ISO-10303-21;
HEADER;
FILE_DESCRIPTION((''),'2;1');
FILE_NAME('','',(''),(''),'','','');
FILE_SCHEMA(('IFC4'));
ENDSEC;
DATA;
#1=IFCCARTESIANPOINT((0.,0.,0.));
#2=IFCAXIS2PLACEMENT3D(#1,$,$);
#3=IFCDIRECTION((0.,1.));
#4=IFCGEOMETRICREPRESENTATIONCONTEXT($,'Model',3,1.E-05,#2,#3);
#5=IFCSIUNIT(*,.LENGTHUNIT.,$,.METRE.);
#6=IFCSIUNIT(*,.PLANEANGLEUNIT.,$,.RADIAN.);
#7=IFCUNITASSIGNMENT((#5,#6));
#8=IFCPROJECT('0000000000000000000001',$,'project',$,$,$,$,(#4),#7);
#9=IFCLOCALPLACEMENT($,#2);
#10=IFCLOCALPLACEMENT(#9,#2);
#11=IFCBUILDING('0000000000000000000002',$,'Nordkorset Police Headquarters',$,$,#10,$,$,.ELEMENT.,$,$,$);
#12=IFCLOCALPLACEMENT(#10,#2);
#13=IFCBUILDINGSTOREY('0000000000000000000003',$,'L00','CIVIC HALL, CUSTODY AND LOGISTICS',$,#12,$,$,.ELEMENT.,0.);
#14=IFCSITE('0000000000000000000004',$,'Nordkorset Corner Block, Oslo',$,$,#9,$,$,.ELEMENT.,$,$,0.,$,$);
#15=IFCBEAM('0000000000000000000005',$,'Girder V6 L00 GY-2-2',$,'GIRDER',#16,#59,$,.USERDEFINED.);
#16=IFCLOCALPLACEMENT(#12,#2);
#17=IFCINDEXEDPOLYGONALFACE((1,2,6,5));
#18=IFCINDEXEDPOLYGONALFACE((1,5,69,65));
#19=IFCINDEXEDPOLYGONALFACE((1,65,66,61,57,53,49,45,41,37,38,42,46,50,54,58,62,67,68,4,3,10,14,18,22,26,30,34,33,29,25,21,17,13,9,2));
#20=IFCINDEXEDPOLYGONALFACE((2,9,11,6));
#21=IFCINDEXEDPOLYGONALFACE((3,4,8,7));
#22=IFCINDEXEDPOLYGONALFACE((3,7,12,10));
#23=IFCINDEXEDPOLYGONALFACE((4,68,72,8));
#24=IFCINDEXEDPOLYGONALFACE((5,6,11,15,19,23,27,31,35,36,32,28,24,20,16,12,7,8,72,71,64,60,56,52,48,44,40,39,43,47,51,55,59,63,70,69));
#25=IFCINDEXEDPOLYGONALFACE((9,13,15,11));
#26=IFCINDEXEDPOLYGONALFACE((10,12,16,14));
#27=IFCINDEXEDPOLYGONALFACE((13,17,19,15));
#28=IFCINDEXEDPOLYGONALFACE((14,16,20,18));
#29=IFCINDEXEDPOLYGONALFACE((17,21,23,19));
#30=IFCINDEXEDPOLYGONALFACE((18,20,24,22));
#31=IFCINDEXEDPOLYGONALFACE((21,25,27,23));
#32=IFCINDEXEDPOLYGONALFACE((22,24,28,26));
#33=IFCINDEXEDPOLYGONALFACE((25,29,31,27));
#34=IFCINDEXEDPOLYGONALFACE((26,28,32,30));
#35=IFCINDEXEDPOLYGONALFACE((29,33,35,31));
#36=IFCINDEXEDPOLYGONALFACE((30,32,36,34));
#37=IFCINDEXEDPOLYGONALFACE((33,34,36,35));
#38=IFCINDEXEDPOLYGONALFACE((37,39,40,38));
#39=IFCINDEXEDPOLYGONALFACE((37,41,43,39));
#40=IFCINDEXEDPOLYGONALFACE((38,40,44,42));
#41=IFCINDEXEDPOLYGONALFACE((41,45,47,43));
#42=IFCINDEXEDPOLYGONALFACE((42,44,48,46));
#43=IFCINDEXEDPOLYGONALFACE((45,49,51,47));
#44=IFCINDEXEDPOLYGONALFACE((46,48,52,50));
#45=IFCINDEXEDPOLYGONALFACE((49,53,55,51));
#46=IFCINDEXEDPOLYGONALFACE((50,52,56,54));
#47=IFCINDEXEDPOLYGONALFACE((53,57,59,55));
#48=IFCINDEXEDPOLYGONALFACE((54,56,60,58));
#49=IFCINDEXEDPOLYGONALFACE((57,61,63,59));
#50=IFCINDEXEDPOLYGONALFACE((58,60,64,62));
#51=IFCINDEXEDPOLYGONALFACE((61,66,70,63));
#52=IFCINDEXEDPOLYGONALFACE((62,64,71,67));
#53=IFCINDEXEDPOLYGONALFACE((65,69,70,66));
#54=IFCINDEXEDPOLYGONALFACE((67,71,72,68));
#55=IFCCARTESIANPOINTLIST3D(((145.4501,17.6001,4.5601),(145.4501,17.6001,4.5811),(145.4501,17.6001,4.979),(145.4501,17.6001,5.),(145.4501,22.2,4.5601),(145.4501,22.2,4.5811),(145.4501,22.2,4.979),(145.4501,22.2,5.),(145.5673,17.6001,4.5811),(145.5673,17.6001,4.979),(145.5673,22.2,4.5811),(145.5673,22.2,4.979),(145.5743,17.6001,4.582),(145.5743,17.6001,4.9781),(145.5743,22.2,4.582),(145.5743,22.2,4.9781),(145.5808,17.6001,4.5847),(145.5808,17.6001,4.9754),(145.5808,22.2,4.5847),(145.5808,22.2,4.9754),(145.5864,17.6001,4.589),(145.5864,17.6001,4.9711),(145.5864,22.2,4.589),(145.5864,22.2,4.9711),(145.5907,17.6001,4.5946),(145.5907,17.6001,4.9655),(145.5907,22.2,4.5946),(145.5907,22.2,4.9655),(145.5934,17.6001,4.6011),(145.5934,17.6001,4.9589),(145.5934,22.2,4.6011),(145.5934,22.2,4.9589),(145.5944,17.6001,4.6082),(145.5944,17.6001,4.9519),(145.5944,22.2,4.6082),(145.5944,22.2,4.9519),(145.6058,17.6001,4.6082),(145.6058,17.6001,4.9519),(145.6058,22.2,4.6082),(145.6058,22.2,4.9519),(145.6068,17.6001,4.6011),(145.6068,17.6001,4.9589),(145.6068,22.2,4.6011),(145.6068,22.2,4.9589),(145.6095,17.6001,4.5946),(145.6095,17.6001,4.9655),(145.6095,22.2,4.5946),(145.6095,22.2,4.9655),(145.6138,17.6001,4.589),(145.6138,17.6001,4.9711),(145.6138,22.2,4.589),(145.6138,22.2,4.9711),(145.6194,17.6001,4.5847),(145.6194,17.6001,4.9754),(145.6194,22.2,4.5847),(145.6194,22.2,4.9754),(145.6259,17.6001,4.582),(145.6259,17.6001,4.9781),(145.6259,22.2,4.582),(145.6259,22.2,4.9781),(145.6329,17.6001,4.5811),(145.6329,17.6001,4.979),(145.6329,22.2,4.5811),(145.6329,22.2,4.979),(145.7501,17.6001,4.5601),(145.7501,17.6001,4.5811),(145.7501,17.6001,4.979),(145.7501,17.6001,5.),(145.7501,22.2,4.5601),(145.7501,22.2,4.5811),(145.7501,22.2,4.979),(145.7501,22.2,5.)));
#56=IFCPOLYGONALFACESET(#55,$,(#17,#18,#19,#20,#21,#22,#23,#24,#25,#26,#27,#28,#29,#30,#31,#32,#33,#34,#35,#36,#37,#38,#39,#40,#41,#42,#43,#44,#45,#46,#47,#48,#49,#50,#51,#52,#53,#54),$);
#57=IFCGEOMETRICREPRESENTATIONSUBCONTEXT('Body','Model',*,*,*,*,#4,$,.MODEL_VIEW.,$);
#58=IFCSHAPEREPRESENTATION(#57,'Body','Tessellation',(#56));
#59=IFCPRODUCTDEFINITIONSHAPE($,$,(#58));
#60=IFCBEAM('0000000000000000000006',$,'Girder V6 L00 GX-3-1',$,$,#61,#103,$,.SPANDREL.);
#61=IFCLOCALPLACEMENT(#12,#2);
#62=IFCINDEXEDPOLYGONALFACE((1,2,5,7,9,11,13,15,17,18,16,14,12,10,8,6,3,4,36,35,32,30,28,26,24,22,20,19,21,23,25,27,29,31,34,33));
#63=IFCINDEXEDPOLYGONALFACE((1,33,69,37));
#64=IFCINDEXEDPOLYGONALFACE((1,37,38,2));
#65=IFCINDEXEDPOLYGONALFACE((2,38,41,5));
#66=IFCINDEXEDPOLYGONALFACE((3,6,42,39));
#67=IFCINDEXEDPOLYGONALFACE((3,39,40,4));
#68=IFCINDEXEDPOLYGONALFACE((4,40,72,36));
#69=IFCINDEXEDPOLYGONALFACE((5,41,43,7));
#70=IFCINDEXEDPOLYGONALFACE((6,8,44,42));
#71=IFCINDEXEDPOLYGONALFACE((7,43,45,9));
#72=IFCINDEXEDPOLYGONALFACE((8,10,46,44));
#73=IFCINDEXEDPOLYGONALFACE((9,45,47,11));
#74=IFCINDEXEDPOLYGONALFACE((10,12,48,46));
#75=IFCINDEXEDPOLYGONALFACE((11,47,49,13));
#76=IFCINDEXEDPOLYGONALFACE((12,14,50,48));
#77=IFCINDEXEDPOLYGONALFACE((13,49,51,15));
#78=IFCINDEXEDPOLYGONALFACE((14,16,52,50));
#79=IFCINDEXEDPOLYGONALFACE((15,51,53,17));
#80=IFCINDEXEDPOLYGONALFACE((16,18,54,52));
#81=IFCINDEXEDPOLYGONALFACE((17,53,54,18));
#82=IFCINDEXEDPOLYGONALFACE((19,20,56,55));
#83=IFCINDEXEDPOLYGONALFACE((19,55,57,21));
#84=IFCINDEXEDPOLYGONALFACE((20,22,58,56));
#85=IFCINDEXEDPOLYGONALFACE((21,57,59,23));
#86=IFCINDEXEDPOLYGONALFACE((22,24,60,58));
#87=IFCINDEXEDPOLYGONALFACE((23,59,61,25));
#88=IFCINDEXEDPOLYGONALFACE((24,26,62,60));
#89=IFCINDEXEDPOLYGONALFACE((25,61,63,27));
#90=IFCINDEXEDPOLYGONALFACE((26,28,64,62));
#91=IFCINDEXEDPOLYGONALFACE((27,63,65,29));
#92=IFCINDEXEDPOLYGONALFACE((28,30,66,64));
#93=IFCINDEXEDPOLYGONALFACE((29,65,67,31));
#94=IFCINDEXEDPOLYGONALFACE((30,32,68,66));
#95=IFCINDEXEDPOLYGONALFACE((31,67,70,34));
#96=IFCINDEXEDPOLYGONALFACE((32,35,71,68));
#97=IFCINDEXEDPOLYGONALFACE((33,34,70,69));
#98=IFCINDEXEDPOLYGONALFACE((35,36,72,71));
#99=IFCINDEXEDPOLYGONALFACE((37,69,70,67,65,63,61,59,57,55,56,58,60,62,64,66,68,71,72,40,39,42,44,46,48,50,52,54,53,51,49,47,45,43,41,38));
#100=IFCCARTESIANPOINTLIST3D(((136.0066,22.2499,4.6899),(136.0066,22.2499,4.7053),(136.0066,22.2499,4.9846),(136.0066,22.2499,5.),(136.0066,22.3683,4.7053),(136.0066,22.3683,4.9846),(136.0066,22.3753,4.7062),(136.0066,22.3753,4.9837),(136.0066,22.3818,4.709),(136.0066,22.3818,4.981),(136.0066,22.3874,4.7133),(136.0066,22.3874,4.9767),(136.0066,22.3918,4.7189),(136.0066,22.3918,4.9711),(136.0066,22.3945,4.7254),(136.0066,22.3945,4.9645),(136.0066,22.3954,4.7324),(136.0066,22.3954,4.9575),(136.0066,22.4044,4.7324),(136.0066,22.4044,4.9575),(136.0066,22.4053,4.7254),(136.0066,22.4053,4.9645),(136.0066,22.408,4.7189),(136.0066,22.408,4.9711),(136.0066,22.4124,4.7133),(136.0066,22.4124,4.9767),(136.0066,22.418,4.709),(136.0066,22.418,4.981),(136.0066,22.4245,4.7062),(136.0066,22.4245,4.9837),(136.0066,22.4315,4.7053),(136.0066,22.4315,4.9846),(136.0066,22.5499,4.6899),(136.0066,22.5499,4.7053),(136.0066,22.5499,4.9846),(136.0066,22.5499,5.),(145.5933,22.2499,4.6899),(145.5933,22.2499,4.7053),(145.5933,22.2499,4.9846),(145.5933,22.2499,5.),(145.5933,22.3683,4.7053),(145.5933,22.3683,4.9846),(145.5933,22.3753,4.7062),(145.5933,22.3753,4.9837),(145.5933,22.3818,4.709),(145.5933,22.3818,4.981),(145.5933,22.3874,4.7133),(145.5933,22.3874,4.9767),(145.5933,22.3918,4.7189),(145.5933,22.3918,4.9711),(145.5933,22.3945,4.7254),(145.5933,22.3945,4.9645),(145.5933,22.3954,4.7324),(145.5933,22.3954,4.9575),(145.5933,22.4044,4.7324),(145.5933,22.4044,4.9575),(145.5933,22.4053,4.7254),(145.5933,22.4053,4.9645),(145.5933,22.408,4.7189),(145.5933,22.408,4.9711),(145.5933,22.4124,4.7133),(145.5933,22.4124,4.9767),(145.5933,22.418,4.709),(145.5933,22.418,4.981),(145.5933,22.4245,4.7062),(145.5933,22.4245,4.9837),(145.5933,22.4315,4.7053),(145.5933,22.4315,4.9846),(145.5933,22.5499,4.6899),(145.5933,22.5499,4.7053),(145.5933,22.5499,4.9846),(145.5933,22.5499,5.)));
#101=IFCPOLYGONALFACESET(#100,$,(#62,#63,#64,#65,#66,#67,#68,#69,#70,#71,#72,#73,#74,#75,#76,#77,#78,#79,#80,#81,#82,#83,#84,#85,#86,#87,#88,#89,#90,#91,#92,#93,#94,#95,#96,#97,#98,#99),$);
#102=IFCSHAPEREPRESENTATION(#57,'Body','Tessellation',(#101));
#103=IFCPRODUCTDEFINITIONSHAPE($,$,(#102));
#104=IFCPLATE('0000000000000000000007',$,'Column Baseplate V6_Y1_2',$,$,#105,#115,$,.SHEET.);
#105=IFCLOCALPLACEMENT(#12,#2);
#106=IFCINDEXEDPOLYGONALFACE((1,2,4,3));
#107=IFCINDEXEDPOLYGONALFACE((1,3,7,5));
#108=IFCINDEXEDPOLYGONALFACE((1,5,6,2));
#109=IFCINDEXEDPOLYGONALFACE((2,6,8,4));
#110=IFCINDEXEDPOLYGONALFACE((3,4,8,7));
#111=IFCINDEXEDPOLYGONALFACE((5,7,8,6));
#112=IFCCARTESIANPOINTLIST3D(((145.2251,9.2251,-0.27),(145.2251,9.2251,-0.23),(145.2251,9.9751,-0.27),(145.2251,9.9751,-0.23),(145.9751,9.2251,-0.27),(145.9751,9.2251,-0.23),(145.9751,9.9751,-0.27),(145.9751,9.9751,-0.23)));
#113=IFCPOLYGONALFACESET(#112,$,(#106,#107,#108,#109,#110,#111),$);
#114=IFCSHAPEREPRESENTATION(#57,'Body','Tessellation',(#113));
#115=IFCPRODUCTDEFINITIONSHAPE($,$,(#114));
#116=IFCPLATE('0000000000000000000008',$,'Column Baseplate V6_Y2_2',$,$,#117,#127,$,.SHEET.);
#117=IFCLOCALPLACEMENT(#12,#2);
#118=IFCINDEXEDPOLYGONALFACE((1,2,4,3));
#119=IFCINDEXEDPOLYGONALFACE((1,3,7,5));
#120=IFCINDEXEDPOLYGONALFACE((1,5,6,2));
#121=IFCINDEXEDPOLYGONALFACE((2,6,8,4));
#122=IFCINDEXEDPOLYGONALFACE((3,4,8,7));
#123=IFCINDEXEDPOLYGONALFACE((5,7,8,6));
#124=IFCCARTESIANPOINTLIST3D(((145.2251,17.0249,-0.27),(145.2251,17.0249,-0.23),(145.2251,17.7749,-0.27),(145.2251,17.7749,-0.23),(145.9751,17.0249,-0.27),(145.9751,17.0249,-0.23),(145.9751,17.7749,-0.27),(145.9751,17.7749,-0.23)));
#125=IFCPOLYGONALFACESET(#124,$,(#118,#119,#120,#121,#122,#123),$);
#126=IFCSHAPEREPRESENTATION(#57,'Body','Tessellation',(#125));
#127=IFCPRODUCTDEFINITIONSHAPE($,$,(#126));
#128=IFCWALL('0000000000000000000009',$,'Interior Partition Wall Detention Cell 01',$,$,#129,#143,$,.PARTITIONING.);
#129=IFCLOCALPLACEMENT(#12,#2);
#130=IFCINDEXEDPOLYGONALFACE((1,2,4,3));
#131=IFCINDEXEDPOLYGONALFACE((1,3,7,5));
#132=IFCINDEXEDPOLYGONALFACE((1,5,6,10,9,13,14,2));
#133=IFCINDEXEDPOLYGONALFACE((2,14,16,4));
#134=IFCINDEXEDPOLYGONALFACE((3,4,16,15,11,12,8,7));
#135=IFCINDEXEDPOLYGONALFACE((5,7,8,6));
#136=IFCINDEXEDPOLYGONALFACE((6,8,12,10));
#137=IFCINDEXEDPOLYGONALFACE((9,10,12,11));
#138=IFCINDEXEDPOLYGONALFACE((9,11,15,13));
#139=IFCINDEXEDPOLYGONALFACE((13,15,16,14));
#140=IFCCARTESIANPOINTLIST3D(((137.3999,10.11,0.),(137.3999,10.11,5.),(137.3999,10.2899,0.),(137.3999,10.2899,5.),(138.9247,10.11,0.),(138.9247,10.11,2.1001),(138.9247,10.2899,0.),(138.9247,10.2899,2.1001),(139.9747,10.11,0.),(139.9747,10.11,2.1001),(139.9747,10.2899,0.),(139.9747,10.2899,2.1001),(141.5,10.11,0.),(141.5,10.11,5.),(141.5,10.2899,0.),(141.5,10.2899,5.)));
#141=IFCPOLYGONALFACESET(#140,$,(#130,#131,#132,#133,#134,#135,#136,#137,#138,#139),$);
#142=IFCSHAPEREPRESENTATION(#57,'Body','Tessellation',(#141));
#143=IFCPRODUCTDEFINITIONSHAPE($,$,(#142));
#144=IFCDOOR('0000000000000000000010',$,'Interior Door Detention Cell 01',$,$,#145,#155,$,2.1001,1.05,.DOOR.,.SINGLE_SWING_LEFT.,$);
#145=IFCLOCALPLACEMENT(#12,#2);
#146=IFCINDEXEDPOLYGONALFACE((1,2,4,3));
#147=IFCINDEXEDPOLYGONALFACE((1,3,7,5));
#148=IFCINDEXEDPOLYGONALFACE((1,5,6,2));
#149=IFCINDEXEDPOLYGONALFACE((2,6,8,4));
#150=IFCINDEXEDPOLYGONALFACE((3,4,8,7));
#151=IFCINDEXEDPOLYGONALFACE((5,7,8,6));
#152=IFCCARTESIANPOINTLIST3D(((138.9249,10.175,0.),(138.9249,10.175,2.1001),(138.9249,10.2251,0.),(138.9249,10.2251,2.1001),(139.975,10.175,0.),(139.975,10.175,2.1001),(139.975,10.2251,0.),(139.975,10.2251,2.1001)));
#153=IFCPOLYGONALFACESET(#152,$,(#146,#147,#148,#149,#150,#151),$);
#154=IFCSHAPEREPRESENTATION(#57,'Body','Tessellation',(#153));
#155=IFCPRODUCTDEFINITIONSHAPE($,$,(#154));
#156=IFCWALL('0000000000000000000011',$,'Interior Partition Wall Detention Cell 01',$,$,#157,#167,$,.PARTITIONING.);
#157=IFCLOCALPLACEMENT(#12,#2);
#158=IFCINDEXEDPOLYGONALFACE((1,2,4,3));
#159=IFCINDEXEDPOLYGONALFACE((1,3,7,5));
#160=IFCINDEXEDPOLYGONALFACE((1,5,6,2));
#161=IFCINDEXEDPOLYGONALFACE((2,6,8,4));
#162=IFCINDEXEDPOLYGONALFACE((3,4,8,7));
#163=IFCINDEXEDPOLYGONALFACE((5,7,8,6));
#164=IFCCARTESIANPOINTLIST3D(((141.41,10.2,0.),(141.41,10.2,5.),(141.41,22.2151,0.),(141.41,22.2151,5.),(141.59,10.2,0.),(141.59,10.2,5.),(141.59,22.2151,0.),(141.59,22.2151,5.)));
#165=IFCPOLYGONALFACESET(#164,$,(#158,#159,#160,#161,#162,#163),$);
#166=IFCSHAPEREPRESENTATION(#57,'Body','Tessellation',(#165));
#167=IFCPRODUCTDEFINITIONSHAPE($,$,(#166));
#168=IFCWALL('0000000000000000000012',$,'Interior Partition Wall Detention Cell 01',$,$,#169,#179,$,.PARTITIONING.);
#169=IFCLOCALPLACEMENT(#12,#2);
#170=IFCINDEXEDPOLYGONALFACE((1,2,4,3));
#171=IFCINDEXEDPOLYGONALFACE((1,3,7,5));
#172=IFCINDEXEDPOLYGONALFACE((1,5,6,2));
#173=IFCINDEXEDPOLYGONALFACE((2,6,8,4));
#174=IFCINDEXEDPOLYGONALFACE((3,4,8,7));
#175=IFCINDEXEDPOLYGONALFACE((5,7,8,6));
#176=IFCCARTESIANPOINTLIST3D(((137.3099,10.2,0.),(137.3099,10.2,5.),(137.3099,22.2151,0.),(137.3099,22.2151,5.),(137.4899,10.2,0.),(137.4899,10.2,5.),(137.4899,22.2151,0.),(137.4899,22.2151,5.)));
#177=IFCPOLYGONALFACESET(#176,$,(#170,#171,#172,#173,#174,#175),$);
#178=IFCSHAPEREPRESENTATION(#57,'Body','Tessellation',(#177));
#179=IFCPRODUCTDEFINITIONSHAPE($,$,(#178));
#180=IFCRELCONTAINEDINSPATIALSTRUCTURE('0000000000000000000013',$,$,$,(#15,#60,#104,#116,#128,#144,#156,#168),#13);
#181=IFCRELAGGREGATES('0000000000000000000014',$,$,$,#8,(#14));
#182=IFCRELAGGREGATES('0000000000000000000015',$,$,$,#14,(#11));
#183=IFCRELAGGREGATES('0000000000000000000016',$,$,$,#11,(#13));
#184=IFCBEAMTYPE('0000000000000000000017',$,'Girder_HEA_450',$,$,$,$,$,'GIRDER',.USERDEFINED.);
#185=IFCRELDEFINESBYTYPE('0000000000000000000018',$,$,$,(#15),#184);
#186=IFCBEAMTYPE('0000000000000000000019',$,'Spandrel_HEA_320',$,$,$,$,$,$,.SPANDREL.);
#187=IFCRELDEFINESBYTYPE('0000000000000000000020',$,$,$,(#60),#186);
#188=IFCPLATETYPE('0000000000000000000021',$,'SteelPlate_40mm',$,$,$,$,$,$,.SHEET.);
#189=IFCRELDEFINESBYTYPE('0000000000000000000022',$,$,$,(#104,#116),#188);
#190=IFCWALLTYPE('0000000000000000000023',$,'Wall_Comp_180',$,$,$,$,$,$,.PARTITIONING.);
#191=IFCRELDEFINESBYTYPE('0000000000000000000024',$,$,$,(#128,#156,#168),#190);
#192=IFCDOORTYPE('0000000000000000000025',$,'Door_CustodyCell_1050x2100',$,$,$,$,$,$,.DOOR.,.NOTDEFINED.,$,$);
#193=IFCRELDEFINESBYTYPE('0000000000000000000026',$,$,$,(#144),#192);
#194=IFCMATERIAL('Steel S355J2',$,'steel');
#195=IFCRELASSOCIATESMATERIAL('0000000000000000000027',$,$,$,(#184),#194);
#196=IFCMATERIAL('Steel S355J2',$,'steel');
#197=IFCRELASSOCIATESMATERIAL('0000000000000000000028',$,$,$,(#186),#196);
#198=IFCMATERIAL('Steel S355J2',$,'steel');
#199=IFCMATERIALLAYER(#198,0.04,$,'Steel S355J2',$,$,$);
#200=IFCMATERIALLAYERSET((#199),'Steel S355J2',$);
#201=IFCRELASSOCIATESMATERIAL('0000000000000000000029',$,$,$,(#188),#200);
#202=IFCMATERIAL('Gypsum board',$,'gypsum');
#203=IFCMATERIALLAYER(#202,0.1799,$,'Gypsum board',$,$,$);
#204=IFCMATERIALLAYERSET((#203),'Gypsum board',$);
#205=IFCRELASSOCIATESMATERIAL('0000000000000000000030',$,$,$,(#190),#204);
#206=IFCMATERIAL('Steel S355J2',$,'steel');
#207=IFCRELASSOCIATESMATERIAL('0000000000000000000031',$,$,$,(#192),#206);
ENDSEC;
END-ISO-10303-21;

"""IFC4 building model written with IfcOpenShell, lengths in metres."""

from ifc_helpers import new_model, si_unit, direction, frame, frame_2d, origin, origin_2d, place, context, subcontext, project, spatial, rectangle, i_section, extrude, material, layer, layer_set, material_profile, profile_set, type_object, element, fill, save


model = new_model("IFC4")

# Units and contexts
model_context = context("Model", 3, precision=1e-05, world=origin(), true_north=direction((0.0, 1.0)))
body_context = subcontext(model_context, "Body", "Model", "MODEL_VIEW")
ifc_project = project(units=[si_unit("LENGTHUNIT", "METRE"), si_unit("PLANEANGLEUNIT", "RADIAN")], contexts=[model_context])

# Site, building, storey
site_placement = place(None, origin())
site = spatial("IfcSite", under=ifc_project, at=site_placement, Name="Nordkorset Corner Block, Oslo", CompositionType="ELEMENT", RefElevation=0.0)
building_placement = place(site_placement, origin())
building = spatial("IfcBuilding", under=site, at=building_placement, Name="Nordkorset Police Headquarters", CompositionType="ELEMENT")
storey_placement = place(building_placement, origin())
storey = spatial("IfcBuildingStorey", under=building, at=storey_placement, Name="L00", Description="CIVIC HALL, CUSTODY AND LOGISTICS", CompositionType="ELEMENT", Elevation=0.0)

# Beams
ifc_material_1 = material(Name="Steel S355J2", Category="steel")
ifc_material_profile_1 = material_profile(ifc_material_1, i_section(OverallWidth=0.3, OverallDepth=0.4399, WebThickness=0.0115, FlangeThickness=0.021, FilletRadius=0.0271, at=origin_2d()), Name="HEA 450")
ifc_profile_set_1 = profile_set([ifc_material_profile_1], Name="Steel S355J2")
beam_type_1 = type_object("IfcBeamType", Name="Girder_HEA_450", ElementType="GIRDER", PredefinedType="USERDEFINED", material=ifc_profile_set_1)
beam_1_placement = place(storey_placement, frame((145.6001, 17.6001, 4.78), z_axis=(0.0, 1.0, 0.0), x_axis=(-1.0, 0.0, 0.0)))
element("IfcBeam", 1, at=beam_1_placement, inside=storey, type_object=beam_type_1, Name="Girder V6 L00 GY-2-2", ObjectType="GIRDER", PredefinedType="USERDEFINED", context=body_context, shape_type="SweptSolid", body=[
    extrude(i_section(OverallWidth=0.3, OverallDepth=0.4399, WebThickness=0.0115, FlangeThickness=0.021, FilletRadius=0.0271, at=origin_2d()), origin(), (0.0, 0.0, 1.0), 4.5999),
])
ifc_material_2 = material(Name="Steel S355J2", Category="steel")
ifc_material_profile_2 = material_profile(ifc_material_2, i_section(OverallWidth=0.3, OverallDepth=0.3101, WebThickness=0.009, FlangeThickness=0.0154, FilletRadius=0.0271, at=origin_2d()), Name="HEA 320")
ifc_profile_set_2 = profile_set([ifc_material_profile_2], Name="Steel S355J2")
beam_type_2 = type_object("IfcBeamType", Name="Spandrel_HEA_320", PredefinedType="SPANDREL", material=ifc_profile_set_2)
beam_2_placement = place(storey_placement, frame((136.0066, 22.3999, 4.845), z_axis=(1.0, 0.0, 0.0), x_axis=(0.0, 1.0, 0.0)))
element("IfcBeam", 2, at=beam_2_placement, inside=storey, type_object=beam_type_2, Name="Girder V6 L00 GX-3-1", PredefinedType="SPANDREL", context=body_context, shape_type="SweptSolid", body=[
    extrude(i_section(OverallWidth=0.3, OverallDepth=0.3101, WebThickness=0.009, FlangeThickness=0.0154, FilletRadius=0.0271, at=origin_2d()), origin(), (0.0, 0.0, 1.0), 9.5867),
])

# Plates
ifc_material_3 = material(Name="Steel S355J2", Category="steel")
ifc_layer_1 = layer(ifc_material_3, 0.04, Name="Steel S355J2")
ifc_layer_set_1 = layer_set([ifc_layer_1], Name="Steel S355J2")
plate_type = type_object("IfcPlateType", Name="SteelPlate_40mm", PredefinedType="SHEET", material=ifc_layer_set_1)
for number, where, z_axis, x_axis, name in (
    (3, (145.6001, 9.6001, -0.27), (0.0, 0.0, 1.0), (1.0, 0.0, 0.0), "Column Baseplate V6_Y1_2"),
    (4, (145.6001, 17.3999, -0.27), (0.0, 0.0, 1.0), (1.0, 0.0, 0.0), "Column Baseplate V6_Y2_2"),
):
    element("IfcPlate", number, at=place(storey_placement, frame(where, z_axis=z_axis, x_axis=x_axis)), inside=storey, type_object=plate_type, Name=name, PredefinedType="SHEET", context=body_context, shape_type="SweptSolid", body=[
        extrude(rectangle(XDim=0.75, YDim=0.75, at=origin_2d()), origin(), (0.0, 0.0, 1.0), 0.04),
    ])

# Wall, opening, door
ifc_material_4 = material(Name="Gypsum board", Category="gypsum")
ifc_layer_2 = layer(ifc_material_4, 0.1799, Name="Gypsum board")
ifc_layer_set_2 = layer_set([ifc_layer_2], Name="Gypsum board")
wall_type_1 = type_object("IfcWallType", Name="Wall_Comp_180", PredefinedType="PARTITIONING", material=ifc_layer_set_2)
wall_1_placement = place(storey_placement, frame((137.3999, 10.2, 0.0), z_axis=(0.0, 0.0, 1.0), x_axis=(1.0, 0.0, 0.0)))
wall_1 = element("IfcWall", 5, at=wall_1_placement, inside=storey, type_object=wall_type_1, Name="Interior Partition Wall Detention Cell 01", PredefinedType="PARTITIONING", context=body_context, shape_type="SweptSolid", body=[
    extrude(rectangle(XDim=4.1001, YDim=0.1799, at=frame_2d((2.05, 0.0))), origin(), (0.0, 0.0, 1.0), 5.0),
])
opening_1_placement = place(wall_1_placement, frame((1.5249, 0.0, 0.0)))
opening_1 = element("IfcOpeningElement", 6, at=opening_1_placement, cuts=wall_1, PredefinedType="OPENING", context=body_context, shape_type="SweptSolid", body=[
    extrude(rectangle(XDim=1.05, YDim=2.1001, at=frame_2d((0.5249, 1.05))), frame((0.0, 0.1001, 0.0), z_axis=(0.0, -1.0, 0.0), x_axis=(1.0, 0.0, 0.0)), (0.0, 0.0, 1.0), 0.2),
])
ifc_material_5 = material(Name="Steel S355J2", Category="steel")
door_type = type_object("IfcDoorType", Name="Door_CustodyCell_1050x2100", OperationType="NOTDEFINED", PredefinedType="DOOR", material=ifc_material_5)
door_1_placement = place(opening_1_placement, frame((1.05, 0.0, 0.0), z_axis=(0.0, 0.0, 1.0), x_axis=(-1.0, 0.0, 0.0)))
door_1 = element("IfcDoor", 7, at=door_1_placement, inside=storey, type_object=door_type, Name="Interior Door Detention Cell 01", OperationType="SINGLE_SWING_LEFT", OverallHeight=2.1001, OverallWidth=1.05, PredefinedType="DOOR", context=body_context, shape_type="SweptSolid", body=[
    extrude(rectangle(XDim=1.05, YDim=2.1001, at=frame_2d((0.5249, 1.05))), frame((0.0, 0.0249, 0.0), z_axis=(0.0, -1.0, 0.0), x_axis=(1.0, 0.0, 0.0)), (0.0, 0.0, 1.0), 0.05),
])
fill(opening_1, door_1)

# Walls
for number, where, z_axis, x_axis, name in (
    (8, (141.5, 10.2, 0.0), (0.0, 0.0, 1.0), (0.0, 1.0, 0.0), "Interior Partition Wall Detention Cell 01"),
    (9, (137.3999, 22.2151, 0.0), (0.0, 0.0, 1.0), (0.0, -1.0, 0.0), "Interior Partition Wall Detention Cell 01"),
):
    element("IfcWall", number, at=place(storey_placement, frame(where, z_axis=z_axis, x_axis=x_axis)), inside=storey, type_object=wall_type_1, Name=name, PredefinedType="PARTITIONING", context=body_context, shape_type="SweptSolid", body=[
        extrude(rectangle(XDim=12.0151, YDim=0.1799, at=frame_2d((6.0076, 0.0))), origin(), (0.0, 0.0, 1.0), 5.0),
    ])

save(model, "model.ifc")
